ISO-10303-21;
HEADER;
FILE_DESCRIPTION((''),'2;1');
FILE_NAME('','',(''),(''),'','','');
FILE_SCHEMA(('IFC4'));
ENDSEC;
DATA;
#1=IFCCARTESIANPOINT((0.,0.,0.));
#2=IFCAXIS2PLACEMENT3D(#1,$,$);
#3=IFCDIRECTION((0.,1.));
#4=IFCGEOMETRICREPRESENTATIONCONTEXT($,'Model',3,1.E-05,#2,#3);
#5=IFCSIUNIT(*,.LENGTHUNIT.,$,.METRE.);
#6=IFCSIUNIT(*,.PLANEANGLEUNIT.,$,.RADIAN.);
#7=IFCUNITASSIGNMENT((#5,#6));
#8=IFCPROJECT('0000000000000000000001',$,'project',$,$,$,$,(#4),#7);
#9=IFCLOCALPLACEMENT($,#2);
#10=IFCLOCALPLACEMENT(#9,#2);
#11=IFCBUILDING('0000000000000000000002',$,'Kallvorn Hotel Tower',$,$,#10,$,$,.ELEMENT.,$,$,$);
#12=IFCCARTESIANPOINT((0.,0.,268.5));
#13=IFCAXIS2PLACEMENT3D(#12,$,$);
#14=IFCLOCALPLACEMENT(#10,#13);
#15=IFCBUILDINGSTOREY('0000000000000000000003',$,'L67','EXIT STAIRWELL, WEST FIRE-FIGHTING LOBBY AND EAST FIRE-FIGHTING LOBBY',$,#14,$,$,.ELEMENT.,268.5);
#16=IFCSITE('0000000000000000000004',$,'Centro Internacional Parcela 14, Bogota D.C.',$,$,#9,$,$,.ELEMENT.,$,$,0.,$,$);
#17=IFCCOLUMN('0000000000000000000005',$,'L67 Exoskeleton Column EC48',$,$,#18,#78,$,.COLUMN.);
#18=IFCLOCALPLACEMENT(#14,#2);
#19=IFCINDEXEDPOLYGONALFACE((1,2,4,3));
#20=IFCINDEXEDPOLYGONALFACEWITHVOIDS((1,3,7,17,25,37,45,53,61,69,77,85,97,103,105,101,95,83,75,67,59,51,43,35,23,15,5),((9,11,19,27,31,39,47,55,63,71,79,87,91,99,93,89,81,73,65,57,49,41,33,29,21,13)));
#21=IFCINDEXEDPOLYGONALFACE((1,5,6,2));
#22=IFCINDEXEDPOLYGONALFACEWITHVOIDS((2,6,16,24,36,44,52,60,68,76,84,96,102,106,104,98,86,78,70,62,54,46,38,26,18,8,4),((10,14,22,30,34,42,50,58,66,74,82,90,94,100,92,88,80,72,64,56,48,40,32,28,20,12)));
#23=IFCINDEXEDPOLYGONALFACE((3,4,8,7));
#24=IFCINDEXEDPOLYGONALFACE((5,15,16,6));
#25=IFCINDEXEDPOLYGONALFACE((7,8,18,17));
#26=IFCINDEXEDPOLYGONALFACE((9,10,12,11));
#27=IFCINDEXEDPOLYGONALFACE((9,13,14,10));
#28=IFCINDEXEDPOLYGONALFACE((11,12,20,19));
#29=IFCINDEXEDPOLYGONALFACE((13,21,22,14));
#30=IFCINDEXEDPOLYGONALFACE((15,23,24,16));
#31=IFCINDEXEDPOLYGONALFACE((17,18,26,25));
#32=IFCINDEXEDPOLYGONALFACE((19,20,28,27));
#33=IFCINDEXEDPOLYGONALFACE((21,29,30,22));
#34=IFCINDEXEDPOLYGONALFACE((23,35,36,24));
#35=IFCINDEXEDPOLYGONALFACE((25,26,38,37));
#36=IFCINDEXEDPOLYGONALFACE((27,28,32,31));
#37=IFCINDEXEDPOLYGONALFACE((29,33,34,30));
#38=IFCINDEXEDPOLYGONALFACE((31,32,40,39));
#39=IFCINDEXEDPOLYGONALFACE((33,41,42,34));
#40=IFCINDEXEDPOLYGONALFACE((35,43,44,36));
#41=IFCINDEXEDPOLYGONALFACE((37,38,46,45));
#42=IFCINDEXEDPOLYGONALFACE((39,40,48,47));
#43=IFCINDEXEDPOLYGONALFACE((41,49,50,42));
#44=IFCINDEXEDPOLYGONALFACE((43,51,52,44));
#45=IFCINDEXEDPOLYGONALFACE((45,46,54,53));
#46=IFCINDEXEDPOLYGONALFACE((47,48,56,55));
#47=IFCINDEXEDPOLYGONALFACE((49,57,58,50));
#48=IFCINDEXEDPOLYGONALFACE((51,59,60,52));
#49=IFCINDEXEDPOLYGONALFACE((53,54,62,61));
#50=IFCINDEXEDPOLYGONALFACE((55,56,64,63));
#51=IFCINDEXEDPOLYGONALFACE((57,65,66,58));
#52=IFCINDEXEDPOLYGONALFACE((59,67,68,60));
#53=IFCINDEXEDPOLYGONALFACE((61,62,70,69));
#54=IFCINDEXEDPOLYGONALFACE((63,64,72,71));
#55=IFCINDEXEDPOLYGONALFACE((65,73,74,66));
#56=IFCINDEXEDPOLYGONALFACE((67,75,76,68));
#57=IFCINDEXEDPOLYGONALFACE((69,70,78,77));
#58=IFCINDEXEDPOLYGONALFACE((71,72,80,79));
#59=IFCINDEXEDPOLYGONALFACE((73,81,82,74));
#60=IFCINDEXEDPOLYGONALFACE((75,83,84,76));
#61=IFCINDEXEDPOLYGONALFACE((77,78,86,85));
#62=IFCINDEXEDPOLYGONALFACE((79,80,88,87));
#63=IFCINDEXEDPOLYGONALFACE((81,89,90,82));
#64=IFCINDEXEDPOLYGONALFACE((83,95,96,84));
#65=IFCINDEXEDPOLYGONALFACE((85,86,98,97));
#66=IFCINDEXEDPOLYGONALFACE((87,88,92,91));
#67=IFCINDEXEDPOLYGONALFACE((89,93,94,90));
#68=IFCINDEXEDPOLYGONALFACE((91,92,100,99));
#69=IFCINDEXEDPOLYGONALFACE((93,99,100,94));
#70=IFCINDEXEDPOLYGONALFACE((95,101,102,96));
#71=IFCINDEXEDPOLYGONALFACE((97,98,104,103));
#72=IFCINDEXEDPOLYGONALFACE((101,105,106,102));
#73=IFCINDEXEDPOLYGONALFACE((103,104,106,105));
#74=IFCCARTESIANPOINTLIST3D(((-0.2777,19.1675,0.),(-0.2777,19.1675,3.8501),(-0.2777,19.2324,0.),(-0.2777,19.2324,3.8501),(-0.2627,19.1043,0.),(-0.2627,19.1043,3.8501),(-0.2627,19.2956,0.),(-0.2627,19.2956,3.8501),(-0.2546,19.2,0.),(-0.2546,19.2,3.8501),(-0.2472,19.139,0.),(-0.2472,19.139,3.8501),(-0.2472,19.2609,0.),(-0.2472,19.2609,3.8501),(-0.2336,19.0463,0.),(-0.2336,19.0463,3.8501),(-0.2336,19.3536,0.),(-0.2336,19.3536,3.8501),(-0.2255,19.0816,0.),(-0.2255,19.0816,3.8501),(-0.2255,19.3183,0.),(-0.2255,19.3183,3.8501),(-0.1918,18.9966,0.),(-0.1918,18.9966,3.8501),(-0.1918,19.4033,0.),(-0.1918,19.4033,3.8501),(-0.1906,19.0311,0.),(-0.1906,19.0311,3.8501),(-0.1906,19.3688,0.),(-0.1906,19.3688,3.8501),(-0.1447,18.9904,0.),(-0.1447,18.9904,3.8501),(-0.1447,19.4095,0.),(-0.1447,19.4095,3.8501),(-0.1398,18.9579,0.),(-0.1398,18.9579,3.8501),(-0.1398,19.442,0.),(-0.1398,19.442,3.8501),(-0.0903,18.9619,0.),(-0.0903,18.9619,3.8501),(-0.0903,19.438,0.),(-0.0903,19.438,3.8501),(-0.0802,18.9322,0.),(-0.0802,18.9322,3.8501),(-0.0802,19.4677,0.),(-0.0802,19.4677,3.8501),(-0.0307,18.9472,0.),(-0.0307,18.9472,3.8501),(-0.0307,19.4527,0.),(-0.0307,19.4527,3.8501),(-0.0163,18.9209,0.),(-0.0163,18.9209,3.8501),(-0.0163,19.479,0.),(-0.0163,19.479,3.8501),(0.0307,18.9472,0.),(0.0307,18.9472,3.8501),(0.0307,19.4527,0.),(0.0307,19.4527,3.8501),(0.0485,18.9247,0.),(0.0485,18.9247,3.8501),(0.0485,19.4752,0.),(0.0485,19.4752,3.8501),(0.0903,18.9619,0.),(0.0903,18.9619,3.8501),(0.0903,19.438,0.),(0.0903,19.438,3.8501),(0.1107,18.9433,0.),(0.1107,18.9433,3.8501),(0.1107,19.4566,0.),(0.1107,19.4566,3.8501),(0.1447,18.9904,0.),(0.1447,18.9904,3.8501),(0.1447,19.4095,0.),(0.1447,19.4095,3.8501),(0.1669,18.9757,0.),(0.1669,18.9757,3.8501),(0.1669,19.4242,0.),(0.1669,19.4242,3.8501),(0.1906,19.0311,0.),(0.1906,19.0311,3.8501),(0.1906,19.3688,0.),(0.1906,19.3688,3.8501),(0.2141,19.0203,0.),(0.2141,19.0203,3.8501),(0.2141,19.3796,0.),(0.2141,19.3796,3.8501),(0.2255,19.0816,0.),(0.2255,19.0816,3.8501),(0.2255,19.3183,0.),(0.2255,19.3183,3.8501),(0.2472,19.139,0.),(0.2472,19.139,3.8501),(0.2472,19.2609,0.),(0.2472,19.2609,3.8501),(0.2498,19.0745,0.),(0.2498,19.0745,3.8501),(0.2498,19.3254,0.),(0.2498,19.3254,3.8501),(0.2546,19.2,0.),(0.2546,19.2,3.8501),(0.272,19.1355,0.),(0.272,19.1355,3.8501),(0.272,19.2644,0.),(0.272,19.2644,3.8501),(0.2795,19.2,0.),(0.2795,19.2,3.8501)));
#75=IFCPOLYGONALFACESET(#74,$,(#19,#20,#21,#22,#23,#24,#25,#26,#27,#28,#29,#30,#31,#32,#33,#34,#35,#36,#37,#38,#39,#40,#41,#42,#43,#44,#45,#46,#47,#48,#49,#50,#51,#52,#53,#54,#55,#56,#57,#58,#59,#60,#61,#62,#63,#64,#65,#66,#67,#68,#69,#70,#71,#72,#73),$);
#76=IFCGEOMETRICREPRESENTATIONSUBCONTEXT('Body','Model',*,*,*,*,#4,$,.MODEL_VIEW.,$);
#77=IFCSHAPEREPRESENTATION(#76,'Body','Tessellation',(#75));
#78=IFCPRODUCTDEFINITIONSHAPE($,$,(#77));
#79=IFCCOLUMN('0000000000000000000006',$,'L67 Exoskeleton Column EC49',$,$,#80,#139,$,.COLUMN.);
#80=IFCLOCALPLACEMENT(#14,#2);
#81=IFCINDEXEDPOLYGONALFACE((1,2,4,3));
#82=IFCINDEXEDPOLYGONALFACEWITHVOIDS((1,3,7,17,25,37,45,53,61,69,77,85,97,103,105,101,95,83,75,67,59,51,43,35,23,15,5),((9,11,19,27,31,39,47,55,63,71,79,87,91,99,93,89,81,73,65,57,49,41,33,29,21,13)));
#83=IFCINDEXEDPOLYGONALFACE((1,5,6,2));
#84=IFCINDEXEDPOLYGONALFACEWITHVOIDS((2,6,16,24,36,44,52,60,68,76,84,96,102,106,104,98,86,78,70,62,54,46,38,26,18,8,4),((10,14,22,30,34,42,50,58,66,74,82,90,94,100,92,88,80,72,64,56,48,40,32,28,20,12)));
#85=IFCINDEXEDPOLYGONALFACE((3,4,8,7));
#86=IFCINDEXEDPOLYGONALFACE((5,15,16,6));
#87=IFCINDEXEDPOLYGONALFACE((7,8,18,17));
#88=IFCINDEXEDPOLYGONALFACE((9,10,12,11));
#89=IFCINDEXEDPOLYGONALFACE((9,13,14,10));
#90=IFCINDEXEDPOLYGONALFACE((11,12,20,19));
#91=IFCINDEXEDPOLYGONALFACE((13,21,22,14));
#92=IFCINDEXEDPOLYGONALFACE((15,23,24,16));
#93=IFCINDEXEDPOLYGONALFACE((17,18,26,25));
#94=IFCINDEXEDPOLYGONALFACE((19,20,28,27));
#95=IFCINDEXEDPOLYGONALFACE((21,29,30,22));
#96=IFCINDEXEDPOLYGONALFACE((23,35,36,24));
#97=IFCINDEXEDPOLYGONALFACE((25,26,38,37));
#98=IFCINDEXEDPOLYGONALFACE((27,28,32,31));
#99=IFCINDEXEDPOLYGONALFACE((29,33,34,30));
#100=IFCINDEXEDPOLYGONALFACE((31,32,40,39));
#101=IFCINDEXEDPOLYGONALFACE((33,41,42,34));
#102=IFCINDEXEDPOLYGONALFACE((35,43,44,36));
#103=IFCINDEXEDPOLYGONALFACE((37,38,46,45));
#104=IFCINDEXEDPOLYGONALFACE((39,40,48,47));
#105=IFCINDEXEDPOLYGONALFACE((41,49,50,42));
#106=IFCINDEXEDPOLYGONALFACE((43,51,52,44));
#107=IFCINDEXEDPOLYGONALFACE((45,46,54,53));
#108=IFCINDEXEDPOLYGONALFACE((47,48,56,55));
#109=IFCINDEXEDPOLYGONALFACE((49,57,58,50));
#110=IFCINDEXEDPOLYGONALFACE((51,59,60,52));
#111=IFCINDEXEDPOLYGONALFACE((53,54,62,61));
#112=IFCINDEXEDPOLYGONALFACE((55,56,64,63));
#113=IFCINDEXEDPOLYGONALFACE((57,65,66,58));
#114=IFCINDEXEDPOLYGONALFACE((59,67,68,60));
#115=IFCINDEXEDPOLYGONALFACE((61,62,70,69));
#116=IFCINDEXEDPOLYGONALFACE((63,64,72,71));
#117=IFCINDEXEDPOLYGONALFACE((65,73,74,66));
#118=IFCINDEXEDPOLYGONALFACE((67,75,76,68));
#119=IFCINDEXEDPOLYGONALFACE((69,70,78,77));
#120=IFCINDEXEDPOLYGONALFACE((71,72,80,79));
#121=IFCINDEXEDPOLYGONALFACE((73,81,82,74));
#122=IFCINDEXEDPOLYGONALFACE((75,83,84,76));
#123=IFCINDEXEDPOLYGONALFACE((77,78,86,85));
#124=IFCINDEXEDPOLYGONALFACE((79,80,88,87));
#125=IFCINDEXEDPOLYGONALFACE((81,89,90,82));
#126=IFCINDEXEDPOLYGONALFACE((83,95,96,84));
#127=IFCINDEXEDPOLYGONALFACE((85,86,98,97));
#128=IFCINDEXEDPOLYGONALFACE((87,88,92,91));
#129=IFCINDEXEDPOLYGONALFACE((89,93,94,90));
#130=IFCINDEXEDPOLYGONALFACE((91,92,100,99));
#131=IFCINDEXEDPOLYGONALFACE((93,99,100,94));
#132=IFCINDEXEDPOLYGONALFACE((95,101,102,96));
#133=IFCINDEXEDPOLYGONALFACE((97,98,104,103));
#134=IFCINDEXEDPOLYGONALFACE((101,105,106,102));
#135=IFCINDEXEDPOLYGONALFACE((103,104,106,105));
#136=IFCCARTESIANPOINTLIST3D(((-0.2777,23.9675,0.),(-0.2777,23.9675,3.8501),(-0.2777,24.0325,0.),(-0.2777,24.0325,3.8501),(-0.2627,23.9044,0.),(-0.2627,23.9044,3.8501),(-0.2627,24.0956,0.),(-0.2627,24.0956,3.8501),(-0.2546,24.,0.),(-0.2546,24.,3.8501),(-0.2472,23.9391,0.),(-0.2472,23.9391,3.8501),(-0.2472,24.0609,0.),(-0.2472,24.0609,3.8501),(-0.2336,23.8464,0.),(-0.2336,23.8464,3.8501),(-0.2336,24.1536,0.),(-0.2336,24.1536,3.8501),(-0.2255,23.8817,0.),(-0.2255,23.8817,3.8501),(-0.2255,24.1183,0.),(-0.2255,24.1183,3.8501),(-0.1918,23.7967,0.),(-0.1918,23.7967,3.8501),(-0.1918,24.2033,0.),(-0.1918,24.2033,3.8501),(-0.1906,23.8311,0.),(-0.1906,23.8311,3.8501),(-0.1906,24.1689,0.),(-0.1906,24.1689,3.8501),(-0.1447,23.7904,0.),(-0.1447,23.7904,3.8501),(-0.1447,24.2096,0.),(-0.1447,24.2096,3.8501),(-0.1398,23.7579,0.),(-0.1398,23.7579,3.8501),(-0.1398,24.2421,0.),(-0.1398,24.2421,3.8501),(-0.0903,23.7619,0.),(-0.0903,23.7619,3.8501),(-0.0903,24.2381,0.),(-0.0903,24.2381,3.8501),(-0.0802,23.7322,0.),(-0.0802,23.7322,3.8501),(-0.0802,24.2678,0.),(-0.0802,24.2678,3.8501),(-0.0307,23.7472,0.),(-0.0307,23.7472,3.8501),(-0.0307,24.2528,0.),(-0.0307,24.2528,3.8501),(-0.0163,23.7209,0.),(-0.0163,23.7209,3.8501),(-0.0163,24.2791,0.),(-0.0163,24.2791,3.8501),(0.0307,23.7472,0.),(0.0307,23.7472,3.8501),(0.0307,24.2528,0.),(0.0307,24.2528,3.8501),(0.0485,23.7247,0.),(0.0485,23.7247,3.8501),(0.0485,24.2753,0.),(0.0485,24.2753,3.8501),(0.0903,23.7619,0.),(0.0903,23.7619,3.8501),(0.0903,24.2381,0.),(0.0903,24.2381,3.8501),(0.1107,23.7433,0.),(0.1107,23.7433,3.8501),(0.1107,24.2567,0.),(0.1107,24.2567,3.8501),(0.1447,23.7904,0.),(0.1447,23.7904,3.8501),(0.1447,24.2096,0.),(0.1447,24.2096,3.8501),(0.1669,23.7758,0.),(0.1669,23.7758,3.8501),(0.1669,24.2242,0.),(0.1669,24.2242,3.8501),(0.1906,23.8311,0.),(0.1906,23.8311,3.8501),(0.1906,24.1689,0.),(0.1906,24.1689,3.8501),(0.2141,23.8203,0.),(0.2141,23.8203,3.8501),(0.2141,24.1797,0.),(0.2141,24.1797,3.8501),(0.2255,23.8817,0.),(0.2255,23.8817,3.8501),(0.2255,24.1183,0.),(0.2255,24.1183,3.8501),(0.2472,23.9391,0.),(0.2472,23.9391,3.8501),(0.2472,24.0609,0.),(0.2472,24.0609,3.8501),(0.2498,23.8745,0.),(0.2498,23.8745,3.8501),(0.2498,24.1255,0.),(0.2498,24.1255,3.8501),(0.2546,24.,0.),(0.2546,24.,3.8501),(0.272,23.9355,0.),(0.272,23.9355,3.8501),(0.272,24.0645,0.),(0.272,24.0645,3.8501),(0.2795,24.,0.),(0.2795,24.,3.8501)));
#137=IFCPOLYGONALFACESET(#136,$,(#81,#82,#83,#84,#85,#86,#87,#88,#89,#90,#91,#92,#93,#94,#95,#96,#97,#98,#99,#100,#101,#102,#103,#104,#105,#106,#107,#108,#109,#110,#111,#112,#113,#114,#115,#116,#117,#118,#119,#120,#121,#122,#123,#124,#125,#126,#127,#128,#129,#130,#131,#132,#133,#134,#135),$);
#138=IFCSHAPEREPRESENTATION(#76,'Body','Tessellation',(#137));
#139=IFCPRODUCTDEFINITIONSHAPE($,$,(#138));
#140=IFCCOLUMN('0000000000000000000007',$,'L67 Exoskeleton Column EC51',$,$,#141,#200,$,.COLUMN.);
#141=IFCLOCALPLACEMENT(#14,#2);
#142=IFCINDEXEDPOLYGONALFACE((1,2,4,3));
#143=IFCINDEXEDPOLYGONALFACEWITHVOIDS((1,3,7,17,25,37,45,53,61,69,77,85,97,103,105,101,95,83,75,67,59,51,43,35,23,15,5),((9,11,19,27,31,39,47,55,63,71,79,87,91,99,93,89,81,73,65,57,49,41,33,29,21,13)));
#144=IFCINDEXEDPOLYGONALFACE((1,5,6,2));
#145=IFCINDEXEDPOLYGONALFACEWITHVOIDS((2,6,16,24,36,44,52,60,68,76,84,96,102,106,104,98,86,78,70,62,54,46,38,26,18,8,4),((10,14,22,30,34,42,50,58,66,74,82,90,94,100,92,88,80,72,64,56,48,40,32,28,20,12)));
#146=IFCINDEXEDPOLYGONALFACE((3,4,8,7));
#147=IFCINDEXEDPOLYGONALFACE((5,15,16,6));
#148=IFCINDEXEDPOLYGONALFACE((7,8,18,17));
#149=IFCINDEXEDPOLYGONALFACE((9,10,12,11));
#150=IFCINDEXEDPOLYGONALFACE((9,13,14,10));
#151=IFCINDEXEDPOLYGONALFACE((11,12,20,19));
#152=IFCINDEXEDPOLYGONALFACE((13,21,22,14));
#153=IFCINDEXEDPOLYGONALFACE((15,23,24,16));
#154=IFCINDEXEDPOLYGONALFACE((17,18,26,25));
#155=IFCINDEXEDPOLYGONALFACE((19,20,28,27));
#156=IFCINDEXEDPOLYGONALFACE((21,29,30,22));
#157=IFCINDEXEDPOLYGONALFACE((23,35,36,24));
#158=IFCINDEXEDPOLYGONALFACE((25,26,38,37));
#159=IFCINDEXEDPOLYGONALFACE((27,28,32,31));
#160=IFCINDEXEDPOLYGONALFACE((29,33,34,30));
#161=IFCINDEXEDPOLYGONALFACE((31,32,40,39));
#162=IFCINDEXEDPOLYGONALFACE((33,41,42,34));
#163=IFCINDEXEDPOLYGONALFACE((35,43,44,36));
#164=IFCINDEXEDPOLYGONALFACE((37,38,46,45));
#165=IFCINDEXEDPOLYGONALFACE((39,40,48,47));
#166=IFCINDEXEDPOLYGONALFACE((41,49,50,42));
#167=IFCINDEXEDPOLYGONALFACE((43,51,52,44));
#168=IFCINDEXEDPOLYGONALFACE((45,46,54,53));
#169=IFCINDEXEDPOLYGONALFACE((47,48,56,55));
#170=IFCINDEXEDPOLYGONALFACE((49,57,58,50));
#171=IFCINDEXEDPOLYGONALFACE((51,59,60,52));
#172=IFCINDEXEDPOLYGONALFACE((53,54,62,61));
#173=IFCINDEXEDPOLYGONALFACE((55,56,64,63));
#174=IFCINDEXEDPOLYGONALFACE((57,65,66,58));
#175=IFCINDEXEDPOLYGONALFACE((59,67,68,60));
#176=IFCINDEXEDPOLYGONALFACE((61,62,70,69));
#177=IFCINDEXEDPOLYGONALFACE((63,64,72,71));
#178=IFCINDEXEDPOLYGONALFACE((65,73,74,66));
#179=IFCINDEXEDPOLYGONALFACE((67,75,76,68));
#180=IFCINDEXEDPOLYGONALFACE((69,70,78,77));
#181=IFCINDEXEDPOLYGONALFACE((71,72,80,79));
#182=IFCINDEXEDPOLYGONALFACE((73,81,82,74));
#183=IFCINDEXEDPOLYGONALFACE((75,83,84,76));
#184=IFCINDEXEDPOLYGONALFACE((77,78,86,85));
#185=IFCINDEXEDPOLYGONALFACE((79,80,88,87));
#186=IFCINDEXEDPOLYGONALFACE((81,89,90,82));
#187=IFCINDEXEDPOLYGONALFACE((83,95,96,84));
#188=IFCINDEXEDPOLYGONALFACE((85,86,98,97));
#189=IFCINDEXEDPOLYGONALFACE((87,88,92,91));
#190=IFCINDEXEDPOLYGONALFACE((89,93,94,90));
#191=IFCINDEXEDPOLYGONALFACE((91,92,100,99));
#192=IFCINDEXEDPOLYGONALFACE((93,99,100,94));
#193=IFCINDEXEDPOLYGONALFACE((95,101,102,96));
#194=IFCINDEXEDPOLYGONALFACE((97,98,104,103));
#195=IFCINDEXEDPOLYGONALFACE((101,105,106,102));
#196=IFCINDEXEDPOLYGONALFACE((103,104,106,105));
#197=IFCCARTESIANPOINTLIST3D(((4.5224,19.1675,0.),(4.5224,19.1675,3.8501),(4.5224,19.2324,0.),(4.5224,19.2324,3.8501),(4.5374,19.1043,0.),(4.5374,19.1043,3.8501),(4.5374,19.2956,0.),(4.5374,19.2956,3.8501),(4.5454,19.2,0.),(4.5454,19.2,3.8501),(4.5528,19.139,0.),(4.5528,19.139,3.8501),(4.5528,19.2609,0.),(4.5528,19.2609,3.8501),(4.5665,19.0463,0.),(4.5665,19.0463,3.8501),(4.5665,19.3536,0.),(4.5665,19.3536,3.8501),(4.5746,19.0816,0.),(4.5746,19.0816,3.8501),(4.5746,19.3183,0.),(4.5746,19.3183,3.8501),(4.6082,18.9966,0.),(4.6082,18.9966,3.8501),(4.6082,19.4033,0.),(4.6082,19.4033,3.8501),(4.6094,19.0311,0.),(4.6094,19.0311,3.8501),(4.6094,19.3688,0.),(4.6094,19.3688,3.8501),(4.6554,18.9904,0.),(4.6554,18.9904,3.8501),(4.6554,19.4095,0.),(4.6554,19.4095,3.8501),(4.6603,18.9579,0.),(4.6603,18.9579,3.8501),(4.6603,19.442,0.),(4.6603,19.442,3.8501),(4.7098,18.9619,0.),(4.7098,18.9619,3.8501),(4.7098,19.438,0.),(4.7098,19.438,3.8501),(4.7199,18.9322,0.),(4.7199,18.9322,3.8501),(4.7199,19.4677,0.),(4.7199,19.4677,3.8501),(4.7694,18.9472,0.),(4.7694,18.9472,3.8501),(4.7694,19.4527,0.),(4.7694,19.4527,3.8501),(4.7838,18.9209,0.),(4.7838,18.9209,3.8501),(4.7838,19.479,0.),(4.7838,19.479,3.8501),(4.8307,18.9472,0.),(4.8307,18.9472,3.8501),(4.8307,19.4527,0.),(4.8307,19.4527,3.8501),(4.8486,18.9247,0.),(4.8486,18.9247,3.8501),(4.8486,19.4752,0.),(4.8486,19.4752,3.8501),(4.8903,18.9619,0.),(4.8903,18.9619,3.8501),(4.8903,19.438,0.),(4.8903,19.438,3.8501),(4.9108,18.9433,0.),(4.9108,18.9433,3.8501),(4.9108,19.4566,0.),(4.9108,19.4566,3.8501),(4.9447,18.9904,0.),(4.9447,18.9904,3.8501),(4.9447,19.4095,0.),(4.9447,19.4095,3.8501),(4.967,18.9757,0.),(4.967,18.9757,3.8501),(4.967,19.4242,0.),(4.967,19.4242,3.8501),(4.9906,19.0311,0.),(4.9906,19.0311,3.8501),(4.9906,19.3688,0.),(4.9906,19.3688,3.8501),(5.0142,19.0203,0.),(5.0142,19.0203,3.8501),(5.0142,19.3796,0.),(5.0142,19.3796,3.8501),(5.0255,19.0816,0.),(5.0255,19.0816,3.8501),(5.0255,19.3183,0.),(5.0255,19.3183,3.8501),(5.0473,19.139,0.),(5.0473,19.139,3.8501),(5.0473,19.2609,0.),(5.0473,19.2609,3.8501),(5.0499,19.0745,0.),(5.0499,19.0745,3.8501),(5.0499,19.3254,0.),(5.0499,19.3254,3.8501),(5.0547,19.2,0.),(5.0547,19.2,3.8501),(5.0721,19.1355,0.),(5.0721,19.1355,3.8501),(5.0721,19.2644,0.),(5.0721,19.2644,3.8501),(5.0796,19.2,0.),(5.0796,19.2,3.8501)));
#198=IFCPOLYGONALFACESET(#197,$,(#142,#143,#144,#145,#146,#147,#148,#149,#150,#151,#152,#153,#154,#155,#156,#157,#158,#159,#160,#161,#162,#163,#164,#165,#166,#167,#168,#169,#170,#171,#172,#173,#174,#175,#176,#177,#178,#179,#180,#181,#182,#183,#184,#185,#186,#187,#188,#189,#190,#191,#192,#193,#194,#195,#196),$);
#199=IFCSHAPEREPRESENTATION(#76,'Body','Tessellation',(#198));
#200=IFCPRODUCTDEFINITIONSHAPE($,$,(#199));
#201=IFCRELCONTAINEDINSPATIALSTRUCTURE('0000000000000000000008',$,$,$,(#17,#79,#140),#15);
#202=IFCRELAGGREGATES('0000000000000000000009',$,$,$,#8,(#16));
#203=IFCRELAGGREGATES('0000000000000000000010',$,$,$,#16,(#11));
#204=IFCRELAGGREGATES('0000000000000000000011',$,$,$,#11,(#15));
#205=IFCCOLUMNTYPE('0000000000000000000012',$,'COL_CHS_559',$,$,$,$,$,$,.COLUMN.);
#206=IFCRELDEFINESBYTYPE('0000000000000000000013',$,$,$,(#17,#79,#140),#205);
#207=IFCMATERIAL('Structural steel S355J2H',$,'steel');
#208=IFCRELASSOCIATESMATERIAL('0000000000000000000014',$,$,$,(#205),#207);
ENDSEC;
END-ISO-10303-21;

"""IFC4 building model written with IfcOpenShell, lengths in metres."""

from ifc_helpers import new_model, si_unit, direction, frame, origin, origin_2d, place, context, subcontext, project, spatial, hollow_circle, extrude, material, material_profile, profile_set, type_object, element, save


model = new_model("IFC4")

# Units and contexts
model_context = context("Model", 3, precision=1e-05, world=origin(), true_north=direction((0.0, 1.0)))
body_context = subcontext(model_context, "Body", "Model", "MODEL_VIEW")
ifc_project = project(units=[si_unit("LENGTHUNIT", "METRE"), si_unit("PLANEANGLEUNIT", "RADIAN")], contexts=[model_context])

# Site, building, storey
site_placement = place(None, origin())
site = spatial("IfcSite", under=ifc_project, at=site_placement, Name="Centro Internacional Parcela 14, Bogota D.C.", CompositionType="ELEMENT", RefElevation=0.0)
building_placement = place(site_placement, origin())
building = spatial("IfcBuilding", under=site, at=building_placement, Name="Kallvorn Hotel Tower", CompositionType="ELEMENT")
storey_placement = place(building_placement, frame((0.0, 0.0, 268.5)))
storey = spatial("IfcBuildingStorey", under=building, at=storey_placement, Name="L67", Description="EXIT STAIRWELL, WEST FIRE-FIGHTING LOBBY AND EAST FIRE-FIGHTING LOBBY", CompositionType="ELEMENT", Elevation=268.5)

# Columns
ifc_material_1 = material(Name="Structural steel S355J2H", Category="steel")
ifc_material_profile_1 = material_profile(ifc_material_1, hollow_circle(Radius=0.2795, WallThickness=0.0249, at=origin_2d()), Name="CHS 559x25")
ifc_profile_set_1 = profile_set([ifc_material_profile_1], Name="Structural steel S355J2H")
column_type_1 = type_object("IfcColumnType", Name="COL_CHS_559", PredefinedType="COLUMN", material=ifc_profile_set_1)
for number, where, z_axis, x_axis, name in (
    (1, (0.0, 19.2, 0.0), (0.0, 0.0, 1.0), (1.0, 0.0, 0.0), "L67 Exoskeleton Column EC48"),
    (2, (0.0, 24.0, 0.0), (0.0, 0.0, 1.0), (1.0, 0.0, 0.0), "L67 Exoskeleton Column EC49"),
    (3, (4.8, 19.2, 0.0), (0.0, 0.0, 1.0), (1.0, 0.0, 0.0), "L67 Exoskeleton Column EC51"),
):
    element("IfcColumn", number, at=place(storey_placement, frame(where, z_axis=z_axis, x_axis=x_axis)), inside=storey, type_object=column_type_1, Name=name, PredefinedType="COLUMN", context=body_context, shape_type="SweptSolid", body=[
        extrude(hollow_circle(Radius=0.2795, WallThickness=0.0249, at=origin_2d()), origin(), (0.0, 0.0, 1.0), 3.8501),
    ])

save(model, "model.ifc")
